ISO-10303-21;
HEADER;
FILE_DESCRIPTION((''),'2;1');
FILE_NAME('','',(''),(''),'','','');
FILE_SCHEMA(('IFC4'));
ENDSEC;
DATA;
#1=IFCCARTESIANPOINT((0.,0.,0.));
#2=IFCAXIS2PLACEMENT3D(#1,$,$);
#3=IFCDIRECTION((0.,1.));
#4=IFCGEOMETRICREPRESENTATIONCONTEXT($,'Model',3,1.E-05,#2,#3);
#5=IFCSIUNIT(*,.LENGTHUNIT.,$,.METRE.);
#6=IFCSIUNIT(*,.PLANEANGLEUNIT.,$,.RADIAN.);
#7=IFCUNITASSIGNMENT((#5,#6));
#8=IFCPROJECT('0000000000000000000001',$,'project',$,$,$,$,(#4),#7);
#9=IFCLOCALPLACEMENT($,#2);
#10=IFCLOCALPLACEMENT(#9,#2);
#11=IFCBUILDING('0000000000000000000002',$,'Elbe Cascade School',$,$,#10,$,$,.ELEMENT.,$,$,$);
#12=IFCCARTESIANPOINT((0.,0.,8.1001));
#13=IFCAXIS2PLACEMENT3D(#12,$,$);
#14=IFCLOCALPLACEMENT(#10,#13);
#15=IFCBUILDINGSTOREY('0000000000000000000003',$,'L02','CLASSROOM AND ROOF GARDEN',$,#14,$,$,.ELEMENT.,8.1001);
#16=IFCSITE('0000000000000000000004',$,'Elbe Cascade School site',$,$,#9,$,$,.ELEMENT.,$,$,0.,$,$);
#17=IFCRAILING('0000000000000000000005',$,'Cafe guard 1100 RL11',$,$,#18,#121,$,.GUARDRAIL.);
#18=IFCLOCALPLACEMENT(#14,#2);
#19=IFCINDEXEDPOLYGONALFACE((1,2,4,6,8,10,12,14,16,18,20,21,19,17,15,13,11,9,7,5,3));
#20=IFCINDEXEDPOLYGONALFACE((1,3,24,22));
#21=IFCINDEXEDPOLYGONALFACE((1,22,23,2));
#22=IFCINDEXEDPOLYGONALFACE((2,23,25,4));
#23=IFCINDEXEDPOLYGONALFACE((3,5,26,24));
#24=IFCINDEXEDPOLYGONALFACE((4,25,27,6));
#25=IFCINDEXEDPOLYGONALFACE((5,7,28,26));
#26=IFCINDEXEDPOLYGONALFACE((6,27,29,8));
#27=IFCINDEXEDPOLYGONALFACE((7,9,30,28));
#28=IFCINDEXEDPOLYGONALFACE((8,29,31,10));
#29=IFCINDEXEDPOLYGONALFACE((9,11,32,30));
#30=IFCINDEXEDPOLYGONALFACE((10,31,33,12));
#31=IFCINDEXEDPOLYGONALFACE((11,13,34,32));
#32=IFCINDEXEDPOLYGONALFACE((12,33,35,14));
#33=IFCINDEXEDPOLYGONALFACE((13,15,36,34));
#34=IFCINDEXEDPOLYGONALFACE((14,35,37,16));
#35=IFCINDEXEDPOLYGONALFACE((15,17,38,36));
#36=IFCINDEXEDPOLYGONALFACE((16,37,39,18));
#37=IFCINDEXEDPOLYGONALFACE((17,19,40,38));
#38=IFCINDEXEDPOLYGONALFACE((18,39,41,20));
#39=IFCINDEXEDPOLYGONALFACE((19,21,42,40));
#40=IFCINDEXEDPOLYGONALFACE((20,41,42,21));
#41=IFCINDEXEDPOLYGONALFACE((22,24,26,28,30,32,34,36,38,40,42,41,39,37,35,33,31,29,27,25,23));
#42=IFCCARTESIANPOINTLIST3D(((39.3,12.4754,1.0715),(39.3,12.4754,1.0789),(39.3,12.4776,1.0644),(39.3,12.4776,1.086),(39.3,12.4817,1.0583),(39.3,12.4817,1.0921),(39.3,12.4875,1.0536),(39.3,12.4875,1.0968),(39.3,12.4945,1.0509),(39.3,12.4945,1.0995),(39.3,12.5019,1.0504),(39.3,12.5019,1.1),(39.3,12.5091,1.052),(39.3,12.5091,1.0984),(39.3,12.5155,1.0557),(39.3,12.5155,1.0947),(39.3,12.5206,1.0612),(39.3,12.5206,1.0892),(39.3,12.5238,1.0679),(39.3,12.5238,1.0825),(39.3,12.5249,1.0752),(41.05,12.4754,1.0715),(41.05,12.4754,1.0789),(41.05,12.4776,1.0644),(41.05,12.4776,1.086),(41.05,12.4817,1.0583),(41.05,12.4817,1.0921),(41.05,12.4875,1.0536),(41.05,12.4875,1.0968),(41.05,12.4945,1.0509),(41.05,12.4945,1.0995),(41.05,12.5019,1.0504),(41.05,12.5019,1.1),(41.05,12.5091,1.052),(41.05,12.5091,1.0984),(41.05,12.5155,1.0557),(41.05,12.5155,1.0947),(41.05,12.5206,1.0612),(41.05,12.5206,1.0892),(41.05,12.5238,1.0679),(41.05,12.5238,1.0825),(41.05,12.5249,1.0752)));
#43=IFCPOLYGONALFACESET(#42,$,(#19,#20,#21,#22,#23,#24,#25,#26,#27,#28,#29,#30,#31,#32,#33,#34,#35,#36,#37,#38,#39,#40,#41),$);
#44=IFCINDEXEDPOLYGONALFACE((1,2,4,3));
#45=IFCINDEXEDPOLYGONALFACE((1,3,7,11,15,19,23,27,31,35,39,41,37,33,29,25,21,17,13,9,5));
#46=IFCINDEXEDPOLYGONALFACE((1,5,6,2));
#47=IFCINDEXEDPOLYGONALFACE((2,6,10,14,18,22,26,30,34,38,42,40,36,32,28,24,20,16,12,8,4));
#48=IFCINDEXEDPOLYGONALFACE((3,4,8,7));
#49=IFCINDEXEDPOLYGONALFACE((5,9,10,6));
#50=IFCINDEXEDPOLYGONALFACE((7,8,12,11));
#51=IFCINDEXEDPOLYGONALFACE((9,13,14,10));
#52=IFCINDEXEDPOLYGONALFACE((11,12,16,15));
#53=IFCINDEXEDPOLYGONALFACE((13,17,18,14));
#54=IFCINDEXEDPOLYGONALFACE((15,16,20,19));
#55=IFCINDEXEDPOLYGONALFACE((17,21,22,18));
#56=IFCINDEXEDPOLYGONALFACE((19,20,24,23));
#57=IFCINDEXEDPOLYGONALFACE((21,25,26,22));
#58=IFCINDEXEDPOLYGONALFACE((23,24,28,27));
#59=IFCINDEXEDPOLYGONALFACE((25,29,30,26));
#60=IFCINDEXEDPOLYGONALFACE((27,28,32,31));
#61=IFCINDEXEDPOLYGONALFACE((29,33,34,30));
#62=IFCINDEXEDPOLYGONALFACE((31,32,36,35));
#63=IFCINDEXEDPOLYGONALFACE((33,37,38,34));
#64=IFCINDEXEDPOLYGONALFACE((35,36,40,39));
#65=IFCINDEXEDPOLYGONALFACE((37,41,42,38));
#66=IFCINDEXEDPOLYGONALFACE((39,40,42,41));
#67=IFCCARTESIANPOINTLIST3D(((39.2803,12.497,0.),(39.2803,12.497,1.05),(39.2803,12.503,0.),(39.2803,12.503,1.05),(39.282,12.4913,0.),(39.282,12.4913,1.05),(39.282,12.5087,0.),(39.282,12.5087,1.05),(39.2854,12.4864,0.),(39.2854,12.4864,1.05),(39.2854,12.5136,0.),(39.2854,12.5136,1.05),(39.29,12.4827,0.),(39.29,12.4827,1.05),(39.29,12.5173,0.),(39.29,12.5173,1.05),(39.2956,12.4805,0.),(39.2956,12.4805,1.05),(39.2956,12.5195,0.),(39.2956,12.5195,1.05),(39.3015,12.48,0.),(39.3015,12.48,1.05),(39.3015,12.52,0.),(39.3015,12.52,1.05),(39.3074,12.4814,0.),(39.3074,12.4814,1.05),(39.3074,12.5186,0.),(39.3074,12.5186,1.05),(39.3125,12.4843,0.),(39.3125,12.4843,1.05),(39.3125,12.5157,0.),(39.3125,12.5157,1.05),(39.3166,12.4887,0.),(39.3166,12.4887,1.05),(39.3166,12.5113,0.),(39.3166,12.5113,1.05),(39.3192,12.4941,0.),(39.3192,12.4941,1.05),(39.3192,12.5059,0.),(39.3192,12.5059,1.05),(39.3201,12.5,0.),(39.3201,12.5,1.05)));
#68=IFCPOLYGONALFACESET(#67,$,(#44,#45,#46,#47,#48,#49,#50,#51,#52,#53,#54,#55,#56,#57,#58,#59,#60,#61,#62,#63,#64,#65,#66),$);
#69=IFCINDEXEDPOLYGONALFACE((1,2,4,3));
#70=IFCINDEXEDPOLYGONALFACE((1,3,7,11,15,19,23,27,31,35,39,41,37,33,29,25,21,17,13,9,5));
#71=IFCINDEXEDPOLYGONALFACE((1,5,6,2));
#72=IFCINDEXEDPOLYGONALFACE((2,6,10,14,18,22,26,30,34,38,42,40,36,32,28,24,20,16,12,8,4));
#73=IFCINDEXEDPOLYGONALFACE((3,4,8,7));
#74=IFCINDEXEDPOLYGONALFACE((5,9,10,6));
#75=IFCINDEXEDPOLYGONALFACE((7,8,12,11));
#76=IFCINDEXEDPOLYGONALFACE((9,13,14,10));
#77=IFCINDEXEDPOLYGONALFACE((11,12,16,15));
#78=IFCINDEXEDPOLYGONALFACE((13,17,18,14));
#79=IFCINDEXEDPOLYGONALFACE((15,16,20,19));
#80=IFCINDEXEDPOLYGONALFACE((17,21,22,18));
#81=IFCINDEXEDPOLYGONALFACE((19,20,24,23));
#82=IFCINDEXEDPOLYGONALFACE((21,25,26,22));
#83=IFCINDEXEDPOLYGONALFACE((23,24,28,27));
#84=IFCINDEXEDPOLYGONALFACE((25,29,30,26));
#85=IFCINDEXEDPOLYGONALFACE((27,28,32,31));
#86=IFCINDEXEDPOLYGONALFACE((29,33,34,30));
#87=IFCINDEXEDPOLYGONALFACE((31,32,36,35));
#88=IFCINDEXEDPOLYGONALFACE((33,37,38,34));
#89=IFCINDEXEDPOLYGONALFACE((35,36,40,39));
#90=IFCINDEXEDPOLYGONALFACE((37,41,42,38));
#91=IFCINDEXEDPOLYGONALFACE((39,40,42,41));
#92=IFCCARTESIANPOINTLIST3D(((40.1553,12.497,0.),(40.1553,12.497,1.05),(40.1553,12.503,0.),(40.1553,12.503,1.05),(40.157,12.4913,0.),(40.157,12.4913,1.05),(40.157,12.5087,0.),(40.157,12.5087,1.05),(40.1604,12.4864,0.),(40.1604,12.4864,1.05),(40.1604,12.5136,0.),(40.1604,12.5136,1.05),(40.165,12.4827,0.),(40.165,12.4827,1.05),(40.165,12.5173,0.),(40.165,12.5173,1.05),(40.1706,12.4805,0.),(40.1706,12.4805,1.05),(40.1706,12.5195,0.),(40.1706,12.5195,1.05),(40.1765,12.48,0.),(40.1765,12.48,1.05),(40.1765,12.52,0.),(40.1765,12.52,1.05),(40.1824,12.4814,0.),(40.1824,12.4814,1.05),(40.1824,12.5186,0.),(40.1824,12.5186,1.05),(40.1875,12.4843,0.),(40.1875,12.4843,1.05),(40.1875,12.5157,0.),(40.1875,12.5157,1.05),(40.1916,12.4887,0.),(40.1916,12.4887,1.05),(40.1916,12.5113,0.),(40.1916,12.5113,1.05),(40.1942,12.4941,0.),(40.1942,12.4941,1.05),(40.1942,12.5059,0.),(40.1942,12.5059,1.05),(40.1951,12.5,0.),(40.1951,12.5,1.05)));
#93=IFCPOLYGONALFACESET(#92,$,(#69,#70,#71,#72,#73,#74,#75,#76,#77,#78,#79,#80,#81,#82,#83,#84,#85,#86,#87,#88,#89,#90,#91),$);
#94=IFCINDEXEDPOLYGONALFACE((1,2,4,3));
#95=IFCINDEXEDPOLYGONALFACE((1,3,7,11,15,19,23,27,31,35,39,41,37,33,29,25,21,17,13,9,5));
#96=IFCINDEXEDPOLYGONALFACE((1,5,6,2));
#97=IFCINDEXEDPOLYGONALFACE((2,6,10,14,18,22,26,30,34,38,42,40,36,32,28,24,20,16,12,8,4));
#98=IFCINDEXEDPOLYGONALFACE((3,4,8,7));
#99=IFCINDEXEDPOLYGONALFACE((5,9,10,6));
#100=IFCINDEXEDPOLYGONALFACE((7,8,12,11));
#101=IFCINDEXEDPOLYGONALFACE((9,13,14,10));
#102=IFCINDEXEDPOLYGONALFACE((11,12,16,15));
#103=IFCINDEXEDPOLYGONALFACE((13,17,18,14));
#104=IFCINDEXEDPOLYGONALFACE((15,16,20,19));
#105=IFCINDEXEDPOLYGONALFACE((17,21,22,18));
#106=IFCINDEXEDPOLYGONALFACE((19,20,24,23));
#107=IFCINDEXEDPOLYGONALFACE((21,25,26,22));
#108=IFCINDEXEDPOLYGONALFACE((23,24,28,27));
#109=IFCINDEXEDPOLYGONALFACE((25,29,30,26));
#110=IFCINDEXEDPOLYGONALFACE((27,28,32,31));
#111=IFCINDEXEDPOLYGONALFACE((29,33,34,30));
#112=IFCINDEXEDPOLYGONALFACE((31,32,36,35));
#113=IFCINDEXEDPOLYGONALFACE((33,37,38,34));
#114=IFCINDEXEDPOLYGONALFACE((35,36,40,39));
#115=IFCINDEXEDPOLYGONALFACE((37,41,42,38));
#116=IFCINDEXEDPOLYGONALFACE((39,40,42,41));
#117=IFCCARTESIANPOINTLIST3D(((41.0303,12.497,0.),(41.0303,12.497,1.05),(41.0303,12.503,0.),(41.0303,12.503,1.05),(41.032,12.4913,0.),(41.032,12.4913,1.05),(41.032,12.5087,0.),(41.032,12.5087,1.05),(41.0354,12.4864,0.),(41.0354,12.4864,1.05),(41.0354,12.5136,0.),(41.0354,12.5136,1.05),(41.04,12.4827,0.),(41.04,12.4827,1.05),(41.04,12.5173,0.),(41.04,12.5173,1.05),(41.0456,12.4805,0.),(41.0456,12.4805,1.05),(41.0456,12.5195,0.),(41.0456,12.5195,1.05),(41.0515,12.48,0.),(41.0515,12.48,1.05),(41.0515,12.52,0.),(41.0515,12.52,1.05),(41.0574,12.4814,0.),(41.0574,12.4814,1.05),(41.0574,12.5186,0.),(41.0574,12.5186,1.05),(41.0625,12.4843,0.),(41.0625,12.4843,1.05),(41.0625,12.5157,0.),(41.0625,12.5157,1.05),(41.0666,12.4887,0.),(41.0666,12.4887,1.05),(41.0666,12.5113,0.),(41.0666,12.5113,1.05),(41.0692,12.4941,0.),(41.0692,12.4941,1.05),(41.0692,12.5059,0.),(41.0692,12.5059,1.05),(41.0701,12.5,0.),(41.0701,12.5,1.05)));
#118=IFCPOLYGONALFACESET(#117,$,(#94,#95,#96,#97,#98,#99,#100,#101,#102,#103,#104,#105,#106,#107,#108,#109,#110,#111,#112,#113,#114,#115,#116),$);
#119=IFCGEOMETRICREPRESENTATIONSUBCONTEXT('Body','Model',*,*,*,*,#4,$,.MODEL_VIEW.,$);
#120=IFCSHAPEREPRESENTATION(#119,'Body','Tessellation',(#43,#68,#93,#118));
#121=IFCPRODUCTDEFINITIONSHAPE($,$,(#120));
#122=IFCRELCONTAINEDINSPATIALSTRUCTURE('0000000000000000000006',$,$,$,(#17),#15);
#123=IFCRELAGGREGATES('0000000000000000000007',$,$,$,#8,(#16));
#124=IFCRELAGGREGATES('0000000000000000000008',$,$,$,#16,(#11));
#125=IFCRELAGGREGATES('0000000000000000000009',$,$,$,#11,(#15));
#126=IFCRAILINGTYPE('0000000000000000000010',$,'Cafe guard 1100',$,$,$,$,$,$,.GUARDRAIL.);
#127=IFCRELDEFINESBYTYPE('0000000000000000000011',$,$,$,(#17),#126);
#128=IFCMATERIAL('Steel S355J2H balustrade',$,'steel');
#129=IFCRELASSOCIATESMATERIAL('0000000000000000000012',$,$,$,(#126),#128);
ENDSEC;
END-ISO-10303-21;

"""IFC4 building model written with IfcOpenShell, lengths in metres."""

from ifc_helpers import new_model, si_unit, direction, frame, origin, origin_2d, place, context, subcontext, project, spatial, circle, extrude, material, type_object, element, save


model = new_model("IFC4")

# Units and contexts
model_context = context("Model", 3, precision=1e-05, world=origin(), true_north=direction((0.0, 1.0)))
body_context = subcontext(model_context, "Body", "Model", "MODEL_VIEW")
ifc_project = project(units=[si_unit("LENGTHUNIT", "METRE"), si_unit("PLANEANGLEUNIT", "RADIAN")], contexts=[model_context])

# Site, building, storey
site_placement = place(None, origin())
site = spatial("IfcSite", under=ifc_project, at=site_placement, Name="Elbe Cascade School site", CompositionType="ELEMENT", RefElevation=0.0)
building_placement = place(site_placement, origin())
building = spatial("IfcBuilding", under=site, at=building_placement, Name="Elbe Cascade School", CompositionType="ELEMENT")
storey_placement = place(building_placement, frame((0.0, 0.0, 8.1001)))
storey = spatial("IfcBuildingStorey", under=building, at=storey_placement, Name="L02", Description="CLASSROOM AND ROOF GARDEN", CompositionType="ELEMENT", Elevation=8.1001)

# Railing
ifc_material_1 = material(Name="Steel S355J2H balustrade", Category="steel")
railing_type = type_object("IfcRailingType", Name="Cafe guard 1100", PredefinedType="GUARDRAIL", material=ifc_material_1)
railing_1_placement = place(storey_placement, frame((39.3, 12.5, 0.0)))
element("IfcRailing", 1, at=railing_1_placement, inside=storey, type_object=railing_type, Name="Cafe guard 1100 RL11", PredefinedType="GUARDRAIL", context=body_context, shape_type="SweptSolid", body=[
    extrude(circle(Radius=0.0249, at=origin_2d()), frame((0.0, 0.0, 1.0752), z_axis=(1.0, 0.0, 0.0), x_axis=(0.0, 1.0, 0.0)), (0.0, 0.0, 1.0), 1.75),
    extrude(circle(Radius=0.02, at=origin_2d()), origin(), (0.0, 0.0, 1.0), 1.05),
    extrude(circle(Radius=0.02, at=origin_2d()), frame((0.875, 0.0, 0.0)), (0.0, 0.0, 1.0), 1.05),
    extrude(circle(Radius=0.02, at=origin_2d()), frame((1.75, 0.0, 0.0)), (0.0, 0.0, 1.0), 1.05),
])

save(model, "model.ifc")
